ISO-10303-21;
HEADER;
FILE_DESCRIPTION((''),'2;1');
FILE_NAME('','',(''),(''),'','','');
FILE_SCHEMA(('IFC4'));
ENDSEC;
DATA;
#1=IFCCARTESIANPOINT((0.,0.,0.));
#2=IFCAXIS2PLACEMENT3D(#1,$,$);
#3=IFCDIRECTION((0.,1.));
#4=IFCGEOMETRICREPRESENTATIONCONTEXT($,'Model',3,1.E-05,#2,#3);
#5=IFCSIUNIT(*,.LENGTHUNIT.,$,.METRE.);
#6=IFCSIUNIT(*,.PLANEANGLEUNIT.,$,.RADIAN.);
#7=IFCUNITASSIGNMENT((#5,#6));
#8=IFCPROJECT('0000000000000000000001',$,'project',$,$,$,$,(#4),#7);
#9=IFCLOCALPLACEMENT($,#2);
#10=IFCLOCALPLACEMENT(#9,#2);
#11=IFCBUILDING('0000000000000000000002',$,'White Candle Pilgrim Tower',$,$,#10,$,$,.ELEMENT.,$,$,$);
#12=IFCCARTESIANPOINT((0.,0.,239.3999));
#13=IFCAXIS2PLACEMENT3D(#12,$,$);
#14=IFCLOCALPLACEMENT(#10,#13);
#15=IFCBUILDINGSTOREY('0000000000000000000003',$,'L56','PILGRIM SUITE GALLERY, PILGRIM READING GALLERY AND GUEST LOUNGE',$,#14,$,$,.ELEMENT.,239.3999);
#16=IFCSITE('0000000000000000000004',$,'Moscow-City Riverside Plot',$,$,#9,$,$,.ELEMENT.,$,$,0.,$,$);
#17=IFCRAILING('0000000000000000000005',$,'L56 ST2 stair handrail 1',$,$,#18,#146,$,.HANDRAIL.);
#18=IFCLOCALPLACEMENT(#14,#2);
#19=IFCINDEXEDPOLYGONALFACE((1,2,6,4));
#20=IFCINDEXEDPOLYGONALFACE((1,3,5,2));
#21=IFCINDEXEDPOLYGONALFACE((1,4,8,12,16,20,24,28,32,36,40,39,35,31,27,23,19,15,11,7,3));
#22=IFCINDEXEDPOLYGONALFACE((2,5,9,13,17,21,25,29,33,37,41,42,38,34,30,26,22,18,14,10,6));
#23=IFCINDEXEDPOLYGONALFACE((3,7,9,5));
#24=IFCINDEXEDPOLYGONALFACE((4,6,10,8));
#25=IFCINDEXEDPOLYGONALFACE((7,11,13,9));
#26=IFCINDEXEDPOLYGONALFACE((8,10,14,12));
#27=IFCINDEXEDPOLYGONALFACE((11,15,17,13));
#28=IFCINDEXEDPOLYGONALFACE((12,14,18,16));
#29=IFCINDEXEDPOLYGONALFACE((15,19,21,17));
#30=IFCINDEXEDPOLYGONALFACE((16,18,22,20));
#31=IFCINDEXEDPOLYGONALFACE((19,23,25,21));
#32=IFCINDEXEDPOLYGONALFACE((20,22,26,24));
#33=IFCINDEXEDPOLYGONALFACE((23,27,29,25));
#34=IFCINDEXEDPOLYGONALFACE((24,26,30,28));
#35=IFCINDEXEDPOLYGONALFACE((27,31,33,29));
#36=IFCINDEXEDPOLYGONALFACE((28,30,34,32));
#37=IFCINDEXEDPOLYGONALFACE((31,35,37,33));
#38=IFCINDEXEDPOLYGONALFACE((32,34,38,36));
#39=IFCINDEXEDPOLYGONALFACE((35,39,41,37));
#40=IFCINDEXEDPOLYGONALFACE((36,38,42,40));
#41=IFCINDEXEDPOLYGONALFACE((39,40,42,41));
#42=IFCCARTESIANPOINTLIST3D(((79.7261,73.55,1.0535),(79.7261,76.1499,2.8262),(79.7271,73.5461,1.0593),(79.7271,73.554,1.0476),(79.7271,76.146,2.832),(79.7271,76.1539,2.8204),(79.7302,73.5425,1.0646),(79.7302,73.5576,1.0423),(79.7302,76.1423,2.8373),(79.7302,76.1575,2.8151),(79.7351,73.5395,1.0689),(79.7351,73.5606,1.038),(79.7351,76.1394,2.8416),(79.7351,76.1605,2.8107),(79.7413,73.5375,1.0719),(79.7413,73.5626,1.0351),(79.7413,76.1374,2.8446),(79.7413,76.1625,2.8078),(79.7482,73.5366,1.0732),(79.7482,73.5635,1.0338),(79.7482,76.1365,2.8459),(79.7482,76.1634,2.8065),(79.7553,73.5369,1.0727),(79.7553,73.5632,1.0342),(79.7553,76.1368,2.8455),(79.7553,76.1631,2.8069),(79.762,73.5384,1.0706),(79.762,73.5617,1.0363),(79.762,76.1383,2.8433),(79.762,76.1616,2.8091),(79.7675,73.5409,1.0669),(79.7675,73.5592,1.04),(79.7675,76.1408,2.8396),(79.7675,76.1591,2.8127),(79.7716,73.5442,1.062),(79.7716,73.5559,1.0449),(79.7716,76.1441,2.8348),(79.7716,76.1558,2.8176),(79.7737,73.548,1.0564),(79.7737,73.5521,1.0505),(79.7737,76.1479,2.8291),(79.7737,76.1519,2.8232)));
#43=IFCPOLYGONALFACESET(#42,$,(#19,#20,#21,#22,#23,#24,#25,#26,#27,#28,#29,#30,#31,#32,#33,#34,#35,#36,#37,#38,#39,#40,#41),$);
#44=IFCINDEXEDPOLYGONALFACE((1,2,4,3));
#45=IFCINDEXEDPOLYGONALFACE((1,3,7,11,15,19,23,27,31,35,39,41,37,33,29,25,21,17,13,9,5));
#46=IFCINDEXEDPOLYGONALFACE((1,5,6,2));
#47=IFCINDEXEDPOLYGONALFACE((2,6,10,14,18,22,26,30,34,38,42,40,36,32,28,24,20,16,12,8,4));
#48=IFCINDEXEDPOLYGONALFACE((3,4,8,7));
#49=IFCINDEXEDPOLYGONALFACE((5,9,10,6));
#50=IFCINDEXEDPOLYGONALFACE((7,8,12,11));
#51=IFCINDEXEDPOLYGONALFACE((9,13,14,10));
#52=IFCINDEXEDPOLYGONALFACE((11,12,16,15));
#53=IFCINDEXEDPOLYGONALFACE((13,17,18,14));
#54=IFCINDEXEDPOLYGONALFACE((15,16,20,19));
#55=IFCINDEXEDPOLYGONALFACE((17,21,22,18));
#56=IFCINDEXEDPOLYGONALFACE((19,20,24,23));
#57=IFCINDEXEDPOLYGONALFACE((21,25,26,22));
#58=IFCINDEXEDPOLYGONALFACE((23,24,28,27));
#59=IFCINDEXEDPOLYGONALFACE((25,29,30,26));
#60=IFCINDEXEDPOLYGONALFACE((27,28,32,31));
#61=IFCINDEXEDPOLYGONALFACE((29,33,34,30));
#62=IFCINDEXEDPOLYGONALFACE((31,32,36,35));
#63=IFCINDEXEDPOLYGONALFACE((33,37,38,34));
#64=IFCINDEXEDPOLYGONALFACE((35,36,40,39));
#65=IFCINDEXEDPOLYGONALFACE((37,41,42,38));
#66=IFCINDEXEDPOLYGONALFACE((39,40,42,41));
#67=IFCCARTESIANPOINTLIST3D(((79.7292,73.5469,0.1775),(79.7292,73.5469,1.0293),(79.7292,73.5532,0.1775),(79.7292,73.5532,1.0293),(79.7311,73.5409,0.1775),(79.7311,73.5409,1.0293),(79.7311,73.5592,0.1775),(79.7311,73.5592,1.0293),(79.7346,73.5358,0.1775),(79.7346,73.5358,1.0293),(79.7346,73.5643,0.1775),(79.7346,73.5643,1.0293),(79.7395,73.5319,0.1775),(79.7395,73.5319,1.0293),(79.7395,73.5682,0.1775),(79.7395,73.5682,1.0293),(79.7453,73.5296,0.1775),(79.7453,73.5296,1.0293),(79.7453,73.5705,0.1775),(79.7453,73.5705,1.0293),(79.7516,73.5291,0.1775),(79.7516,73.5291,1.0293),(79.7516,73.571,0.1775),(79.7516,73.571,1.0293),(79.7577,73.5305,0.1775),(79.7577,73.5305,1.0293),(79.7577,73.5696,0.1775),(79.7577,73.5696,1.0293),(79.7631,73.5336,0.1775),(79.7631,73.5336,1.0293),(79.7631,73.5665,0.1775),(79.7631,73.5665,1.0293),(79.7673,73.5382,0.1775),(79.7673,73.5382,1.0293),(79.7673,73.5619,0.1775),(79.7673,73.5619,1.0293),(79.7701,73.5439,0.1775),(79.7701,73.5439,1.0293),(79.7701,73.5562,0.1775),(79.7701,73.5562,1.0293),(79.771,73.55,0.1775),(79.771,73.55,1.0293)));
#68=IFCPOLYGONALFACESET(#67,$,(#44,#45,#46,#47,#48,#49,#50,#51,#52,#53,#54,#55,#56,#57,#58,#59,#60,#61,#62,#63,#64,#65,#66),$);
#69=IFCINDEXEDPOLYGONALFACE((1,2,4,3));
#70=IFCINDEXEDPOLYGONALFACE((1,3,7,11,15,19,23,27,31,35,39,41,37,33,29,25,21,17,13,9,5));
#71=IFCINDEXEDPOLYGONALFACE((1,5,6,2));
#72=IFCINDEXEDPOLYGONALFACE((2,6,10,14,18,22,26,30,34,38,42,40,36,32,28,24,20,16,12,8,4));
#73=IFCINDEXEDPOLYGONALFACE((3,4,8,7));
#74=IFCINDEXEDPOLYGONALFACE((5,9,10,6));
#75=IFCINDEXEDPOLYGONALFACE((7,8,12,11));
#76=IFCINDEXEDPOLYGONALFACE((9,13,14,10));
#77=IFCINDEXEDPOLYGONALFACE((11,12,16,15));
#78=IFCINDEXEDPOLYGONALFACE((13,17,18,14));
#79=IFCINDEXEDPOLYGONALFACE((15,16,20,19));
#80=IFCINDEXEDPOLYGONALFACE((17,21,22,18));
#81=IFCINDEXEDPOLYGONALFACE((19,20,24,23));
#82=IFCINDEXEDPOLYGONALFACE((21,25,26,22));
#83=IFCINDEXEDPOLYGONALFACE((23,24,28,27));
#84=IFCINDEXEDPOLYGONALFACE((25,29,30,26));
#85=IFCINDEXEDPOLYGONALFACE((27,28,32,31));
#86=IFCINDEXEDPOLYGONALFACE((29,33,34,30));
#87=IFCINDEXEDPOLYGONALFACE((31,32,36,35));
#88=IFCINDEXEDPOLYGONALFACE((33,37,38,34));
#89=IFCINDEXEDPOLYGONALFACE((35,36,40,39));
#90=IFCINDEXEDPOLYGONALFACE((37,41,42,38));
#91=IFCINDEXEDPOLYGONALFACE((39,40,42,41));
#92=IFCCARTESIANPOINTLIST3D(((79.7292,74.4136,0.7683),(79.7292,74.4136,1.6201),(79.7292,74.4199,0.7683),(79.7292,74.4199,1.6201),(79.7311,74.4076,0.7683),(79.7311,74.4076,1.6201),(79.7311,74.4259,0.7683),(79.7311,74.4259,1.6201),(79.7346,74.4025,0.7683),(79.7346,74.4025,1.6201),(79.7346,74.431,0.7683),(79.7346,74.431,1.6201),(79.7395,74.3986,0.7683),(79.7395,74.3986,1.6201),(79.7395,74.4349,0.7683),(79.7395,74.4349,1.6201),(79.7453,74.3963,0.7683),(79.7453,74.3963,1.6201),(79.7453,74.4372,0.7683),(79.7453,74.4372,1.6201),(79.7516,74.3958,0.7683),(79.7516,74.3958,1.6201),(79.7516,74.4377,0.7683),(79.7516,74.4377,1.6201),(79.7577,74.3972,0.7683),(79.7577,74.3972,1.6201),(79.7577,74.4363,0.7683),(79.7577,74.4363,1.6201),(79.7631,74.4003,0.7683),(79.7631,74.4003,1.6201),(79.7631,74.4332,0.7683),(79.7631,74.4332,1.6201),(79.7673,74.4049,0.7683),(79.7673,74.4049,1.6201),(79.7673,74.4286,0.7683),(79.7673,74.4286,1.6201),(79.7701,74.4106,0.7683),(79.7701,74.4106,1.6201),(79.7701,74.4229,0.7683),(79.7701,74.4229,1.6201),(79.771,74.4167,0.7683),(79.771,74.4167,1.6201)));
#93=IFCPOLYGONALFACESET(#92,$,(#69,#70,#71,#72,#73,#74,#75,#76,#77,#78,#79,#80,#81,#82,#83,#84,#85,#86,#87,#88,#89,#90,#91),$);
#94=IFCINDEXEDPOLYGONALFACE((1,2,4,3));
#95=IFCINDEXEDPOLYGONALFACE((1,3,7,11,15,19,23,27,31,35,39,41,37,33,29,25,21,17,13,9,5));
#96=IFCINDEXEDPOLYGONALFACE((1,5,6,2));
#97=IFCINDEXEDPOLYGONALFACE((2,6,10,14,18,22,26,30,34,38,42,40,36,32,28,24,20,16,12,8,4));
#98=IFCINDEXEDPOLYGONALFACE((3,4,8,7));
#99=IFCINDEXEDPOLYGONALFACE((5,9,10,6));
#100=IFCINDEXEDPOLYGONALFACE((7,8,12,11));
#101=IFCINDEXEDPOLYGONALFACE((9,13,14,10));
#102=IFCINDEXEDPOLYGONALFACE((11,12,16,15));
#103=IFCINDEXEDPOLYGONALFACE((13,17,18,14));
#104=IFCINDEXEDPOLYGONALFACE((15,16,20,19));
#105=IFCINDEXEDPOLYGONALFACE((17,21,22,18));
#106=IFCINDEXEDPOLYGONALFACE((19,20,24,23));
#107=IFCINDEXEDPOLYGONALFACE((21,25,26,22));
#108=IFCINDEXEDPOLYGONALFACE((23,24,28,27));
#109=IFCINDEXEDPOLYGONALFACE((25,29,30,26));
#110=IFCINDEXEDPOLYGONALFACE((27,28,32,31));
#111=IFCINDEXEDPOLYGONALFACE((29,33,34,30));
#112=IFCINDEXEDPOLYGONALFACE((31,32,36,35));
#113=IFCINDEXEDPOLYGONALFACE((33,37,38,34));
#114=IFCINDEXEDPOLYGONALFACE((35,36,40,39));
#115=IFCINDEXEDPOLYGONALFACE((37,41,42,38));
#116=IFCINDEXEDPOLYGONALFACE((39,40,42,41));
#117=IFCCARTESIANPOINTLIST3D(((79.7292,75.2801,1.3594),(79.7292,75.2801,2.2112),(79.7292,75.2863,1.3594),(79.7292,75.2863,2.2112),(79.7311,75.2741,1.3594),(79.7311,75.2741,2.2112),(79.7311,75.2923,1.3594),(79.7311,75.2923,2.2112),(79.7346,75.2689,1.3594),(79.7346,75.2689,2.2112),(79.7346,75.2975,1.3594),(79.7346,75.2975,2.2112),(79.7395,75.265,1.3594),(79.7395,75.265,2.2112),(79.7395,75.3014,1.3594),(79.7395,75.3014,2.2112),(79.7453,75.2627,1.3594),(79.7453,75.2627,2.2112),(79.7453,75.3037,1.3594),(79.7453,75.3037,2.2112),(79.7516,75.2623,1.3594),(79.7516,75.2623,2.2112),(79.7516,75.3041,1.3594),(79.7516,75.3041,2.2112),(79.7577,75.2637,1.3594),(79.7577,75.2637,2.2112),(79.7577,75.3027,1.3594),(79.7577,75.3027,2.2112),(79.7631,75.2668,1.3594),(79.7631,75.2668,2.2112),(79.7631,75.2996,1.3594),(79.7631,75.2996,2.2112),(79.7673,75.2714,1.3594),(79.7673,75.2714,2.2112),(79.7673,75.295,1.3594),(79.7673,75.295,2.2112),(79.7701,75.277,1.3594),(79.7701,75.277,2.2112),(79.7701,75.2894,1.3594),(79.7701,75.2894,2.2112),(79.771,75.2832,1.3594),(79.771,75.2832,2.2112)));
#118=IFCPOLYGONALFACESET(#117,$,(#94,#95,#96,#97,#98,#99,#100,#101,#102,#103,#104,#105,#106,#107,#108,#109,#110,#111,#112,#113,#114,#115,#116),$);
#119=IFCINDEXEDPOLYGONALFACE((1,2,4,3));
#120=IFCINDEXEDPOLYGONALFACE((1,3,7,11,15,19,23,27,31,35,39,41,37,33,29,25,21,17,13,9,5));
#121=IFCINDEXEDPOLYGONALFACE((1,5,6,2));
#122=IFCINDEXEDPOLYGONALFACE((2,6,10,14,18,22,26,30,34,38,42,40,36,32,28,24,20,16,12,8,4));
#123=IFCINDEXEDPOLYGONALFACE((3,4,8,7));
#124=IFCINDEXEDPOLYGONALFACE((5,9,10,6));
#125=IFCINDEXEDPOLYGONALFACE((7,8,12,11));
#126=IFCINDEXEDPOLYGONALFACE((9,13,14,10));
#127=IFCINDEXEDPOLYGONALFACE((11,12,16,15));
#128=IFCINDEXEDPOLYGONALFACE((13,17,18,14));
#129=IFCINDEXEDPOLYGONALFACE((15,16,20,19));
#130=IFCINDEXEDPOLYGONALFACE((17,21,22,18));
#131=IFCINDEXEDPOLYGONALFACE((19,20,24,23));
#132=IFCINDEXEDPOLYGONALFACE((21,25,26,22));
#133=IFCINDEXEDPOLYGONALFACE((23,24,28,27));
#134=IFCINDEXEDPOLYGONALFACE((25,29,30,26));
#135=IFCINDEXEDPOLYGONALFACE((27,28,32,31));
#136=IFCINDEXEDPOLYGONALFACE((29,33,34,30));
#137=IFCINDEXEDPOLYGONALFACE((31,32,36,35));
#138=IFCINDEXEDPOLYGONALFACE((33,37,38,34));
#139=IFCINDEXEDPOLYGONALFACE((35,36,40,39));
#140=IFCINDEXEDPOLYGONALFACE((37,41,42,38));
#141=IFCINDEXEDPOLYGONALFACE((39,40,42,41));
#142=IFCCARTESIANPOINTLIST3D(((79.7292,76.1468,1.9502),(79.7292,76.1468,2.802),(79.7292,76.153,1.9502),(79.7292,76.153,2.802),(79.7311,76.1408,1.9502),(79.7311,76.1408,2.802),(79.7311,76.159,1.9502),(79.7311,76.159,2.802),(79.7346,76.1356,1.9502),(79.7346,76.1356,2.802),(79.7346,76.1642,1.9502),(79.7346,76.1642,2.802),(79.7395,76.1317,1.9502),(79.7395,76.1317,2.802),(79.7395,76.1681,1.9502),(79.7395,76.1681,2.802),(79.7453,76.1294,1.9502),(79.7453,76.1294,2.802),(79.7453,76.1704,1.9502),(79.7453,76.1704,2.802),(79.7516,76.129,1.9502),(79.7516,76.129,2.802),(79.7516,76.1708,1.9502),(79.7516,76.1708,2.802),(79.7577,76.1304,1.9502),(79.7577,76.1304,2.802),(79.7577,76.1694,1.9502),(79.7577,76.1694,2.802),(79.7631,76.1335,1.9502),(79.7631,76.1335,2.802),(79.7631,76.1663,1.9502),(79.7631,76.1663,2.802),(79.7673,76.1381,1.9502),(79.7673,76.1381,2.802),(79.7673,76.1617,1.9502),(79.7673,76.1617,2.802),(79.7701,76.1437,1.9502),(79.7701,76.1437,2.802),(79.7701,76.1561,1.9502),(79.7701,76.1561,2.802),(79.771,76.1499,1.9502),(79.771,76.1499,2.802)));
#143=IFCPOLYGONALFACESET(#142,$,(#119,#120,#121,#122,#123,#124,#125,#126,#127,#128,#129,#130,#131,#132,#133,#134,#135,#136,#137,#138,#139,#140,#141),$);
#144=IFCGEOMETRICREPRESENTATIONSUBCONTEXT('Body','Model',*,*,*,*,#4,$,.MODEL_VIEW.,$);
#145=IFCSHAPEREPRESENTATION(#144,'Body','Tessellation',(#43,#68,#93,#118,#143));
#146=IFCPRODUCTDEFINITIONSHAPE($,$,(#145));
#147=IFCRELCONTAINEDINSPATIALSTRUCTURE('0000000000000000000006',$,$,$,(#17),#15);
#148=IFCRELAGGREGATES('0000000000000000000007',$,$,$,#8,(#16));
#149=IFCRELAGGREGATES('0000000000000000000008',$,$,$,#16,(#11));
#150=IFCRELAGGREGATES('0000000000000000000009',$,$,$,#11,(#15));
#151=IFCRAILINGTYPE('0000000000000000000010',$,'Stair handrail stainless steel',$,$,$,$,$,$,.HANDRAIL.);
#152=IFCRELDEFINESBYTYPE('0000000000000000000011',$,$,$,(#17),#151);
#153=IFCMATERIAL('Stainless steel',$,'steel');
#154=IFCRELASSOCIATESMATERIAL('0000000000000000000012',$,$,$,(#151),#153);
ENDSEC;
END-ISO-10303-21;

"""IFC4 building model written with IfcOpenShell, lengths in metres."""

from ifc_helpers import new_model, si_unit, direction, frame, origin, origin_2d, place, context, subcontext, project, spatial, circle, extrude, material, type_object, element, save


model = new_model("IFC4")

# Units and contexts
model_context = context("Model", 3, precision=1e-05, world=origin(), true_north=direction((0.0, 1.0)))
body_context = subcontext(model_context, "Body", "Model", "MODEL_VIEW")
ifc_project = project(units=[si_unit("LENGTHUNIT", "METRE"), si_unit("PLANEANGLEUNIT", "RADIAN")], contexts=[model_context])

# Site, building, storey
site_placement = place(None, origin())
site = spatial("IfcSite", under=ifc_project, at=site_placement, Name="Moscow-City Riverside Plot", CompositionType="ELEMENT", RefElevation=0.0)
building_placement = place(site_placement, origin())
building = spatial("IfcBuilding", under=site, at=building_placement, Name="White Candle Pilgrim Tower", CompositionType="ELEMENT")
storey_placement = place(building_placement, frame((0.0, 0.0, 239.3999)))
storey = spatial("IfcBuildingStorey", under=building, at=storey_placement, Name="L56", Description="PILGRIM SUITE GALLERY, PILGRIM READING GALLERY AND GUEST LOUNGE", CompositionType="ELEMENT", Elevation=239.3999)

# Railing
ifc_material_1 = material(Name="Stainless steel", Category="steel")
railing_type_1 = type_object("IfcRailingType", Name="Stair handrail stainless steel", PredefinedType="HANDRAIL", material=ifc_material_1)
railing_1_placement = place(storey_placement, frame((79.75, 73.55, 0.1775)))
element("IfcRailing", 1, at=railing_1_placement, inside=storey, type_object=railing_type_1, Name="L56 ST2 stair handrail 1", PredefinedType="HANDRAIL", context=body_context, shape_type="SweptSolid", body=[
    extrude(circle(Radius=0.0239, at=origin_2d()), frame((0.0, 0.0, 0.876), z_axis=(0.0, 0.826216, 0.563354), x_axis=(-1.0, 0.0, 0.0)), (0.0, 0.0, 1.0), 3.1467),
    extrude(circle(Radius=0.021, at=origin_2d()), origin(), (0.0, 0.0, 1.0), 0.8518),
    extrude(circle(Radius=0.021, at=origin_2d()), frame((0.0, 0.8667, 0.5908)), (0.0, 0.0, 1.0), 0.8518),
    extrude(circle(Radius=0.021, at=origin_2d()), frame((0.0, 1.7332, 1.1819)), (0.0, 0.0, 1.0), 0.8518),
    extrude(circle(Radius=0.021, at=origin_2d()), frame((0.0, 2.5999, 1.7727)), (0.0, 0.0, 1.0), 0.8518),
])

save(model, "model.ifc")
